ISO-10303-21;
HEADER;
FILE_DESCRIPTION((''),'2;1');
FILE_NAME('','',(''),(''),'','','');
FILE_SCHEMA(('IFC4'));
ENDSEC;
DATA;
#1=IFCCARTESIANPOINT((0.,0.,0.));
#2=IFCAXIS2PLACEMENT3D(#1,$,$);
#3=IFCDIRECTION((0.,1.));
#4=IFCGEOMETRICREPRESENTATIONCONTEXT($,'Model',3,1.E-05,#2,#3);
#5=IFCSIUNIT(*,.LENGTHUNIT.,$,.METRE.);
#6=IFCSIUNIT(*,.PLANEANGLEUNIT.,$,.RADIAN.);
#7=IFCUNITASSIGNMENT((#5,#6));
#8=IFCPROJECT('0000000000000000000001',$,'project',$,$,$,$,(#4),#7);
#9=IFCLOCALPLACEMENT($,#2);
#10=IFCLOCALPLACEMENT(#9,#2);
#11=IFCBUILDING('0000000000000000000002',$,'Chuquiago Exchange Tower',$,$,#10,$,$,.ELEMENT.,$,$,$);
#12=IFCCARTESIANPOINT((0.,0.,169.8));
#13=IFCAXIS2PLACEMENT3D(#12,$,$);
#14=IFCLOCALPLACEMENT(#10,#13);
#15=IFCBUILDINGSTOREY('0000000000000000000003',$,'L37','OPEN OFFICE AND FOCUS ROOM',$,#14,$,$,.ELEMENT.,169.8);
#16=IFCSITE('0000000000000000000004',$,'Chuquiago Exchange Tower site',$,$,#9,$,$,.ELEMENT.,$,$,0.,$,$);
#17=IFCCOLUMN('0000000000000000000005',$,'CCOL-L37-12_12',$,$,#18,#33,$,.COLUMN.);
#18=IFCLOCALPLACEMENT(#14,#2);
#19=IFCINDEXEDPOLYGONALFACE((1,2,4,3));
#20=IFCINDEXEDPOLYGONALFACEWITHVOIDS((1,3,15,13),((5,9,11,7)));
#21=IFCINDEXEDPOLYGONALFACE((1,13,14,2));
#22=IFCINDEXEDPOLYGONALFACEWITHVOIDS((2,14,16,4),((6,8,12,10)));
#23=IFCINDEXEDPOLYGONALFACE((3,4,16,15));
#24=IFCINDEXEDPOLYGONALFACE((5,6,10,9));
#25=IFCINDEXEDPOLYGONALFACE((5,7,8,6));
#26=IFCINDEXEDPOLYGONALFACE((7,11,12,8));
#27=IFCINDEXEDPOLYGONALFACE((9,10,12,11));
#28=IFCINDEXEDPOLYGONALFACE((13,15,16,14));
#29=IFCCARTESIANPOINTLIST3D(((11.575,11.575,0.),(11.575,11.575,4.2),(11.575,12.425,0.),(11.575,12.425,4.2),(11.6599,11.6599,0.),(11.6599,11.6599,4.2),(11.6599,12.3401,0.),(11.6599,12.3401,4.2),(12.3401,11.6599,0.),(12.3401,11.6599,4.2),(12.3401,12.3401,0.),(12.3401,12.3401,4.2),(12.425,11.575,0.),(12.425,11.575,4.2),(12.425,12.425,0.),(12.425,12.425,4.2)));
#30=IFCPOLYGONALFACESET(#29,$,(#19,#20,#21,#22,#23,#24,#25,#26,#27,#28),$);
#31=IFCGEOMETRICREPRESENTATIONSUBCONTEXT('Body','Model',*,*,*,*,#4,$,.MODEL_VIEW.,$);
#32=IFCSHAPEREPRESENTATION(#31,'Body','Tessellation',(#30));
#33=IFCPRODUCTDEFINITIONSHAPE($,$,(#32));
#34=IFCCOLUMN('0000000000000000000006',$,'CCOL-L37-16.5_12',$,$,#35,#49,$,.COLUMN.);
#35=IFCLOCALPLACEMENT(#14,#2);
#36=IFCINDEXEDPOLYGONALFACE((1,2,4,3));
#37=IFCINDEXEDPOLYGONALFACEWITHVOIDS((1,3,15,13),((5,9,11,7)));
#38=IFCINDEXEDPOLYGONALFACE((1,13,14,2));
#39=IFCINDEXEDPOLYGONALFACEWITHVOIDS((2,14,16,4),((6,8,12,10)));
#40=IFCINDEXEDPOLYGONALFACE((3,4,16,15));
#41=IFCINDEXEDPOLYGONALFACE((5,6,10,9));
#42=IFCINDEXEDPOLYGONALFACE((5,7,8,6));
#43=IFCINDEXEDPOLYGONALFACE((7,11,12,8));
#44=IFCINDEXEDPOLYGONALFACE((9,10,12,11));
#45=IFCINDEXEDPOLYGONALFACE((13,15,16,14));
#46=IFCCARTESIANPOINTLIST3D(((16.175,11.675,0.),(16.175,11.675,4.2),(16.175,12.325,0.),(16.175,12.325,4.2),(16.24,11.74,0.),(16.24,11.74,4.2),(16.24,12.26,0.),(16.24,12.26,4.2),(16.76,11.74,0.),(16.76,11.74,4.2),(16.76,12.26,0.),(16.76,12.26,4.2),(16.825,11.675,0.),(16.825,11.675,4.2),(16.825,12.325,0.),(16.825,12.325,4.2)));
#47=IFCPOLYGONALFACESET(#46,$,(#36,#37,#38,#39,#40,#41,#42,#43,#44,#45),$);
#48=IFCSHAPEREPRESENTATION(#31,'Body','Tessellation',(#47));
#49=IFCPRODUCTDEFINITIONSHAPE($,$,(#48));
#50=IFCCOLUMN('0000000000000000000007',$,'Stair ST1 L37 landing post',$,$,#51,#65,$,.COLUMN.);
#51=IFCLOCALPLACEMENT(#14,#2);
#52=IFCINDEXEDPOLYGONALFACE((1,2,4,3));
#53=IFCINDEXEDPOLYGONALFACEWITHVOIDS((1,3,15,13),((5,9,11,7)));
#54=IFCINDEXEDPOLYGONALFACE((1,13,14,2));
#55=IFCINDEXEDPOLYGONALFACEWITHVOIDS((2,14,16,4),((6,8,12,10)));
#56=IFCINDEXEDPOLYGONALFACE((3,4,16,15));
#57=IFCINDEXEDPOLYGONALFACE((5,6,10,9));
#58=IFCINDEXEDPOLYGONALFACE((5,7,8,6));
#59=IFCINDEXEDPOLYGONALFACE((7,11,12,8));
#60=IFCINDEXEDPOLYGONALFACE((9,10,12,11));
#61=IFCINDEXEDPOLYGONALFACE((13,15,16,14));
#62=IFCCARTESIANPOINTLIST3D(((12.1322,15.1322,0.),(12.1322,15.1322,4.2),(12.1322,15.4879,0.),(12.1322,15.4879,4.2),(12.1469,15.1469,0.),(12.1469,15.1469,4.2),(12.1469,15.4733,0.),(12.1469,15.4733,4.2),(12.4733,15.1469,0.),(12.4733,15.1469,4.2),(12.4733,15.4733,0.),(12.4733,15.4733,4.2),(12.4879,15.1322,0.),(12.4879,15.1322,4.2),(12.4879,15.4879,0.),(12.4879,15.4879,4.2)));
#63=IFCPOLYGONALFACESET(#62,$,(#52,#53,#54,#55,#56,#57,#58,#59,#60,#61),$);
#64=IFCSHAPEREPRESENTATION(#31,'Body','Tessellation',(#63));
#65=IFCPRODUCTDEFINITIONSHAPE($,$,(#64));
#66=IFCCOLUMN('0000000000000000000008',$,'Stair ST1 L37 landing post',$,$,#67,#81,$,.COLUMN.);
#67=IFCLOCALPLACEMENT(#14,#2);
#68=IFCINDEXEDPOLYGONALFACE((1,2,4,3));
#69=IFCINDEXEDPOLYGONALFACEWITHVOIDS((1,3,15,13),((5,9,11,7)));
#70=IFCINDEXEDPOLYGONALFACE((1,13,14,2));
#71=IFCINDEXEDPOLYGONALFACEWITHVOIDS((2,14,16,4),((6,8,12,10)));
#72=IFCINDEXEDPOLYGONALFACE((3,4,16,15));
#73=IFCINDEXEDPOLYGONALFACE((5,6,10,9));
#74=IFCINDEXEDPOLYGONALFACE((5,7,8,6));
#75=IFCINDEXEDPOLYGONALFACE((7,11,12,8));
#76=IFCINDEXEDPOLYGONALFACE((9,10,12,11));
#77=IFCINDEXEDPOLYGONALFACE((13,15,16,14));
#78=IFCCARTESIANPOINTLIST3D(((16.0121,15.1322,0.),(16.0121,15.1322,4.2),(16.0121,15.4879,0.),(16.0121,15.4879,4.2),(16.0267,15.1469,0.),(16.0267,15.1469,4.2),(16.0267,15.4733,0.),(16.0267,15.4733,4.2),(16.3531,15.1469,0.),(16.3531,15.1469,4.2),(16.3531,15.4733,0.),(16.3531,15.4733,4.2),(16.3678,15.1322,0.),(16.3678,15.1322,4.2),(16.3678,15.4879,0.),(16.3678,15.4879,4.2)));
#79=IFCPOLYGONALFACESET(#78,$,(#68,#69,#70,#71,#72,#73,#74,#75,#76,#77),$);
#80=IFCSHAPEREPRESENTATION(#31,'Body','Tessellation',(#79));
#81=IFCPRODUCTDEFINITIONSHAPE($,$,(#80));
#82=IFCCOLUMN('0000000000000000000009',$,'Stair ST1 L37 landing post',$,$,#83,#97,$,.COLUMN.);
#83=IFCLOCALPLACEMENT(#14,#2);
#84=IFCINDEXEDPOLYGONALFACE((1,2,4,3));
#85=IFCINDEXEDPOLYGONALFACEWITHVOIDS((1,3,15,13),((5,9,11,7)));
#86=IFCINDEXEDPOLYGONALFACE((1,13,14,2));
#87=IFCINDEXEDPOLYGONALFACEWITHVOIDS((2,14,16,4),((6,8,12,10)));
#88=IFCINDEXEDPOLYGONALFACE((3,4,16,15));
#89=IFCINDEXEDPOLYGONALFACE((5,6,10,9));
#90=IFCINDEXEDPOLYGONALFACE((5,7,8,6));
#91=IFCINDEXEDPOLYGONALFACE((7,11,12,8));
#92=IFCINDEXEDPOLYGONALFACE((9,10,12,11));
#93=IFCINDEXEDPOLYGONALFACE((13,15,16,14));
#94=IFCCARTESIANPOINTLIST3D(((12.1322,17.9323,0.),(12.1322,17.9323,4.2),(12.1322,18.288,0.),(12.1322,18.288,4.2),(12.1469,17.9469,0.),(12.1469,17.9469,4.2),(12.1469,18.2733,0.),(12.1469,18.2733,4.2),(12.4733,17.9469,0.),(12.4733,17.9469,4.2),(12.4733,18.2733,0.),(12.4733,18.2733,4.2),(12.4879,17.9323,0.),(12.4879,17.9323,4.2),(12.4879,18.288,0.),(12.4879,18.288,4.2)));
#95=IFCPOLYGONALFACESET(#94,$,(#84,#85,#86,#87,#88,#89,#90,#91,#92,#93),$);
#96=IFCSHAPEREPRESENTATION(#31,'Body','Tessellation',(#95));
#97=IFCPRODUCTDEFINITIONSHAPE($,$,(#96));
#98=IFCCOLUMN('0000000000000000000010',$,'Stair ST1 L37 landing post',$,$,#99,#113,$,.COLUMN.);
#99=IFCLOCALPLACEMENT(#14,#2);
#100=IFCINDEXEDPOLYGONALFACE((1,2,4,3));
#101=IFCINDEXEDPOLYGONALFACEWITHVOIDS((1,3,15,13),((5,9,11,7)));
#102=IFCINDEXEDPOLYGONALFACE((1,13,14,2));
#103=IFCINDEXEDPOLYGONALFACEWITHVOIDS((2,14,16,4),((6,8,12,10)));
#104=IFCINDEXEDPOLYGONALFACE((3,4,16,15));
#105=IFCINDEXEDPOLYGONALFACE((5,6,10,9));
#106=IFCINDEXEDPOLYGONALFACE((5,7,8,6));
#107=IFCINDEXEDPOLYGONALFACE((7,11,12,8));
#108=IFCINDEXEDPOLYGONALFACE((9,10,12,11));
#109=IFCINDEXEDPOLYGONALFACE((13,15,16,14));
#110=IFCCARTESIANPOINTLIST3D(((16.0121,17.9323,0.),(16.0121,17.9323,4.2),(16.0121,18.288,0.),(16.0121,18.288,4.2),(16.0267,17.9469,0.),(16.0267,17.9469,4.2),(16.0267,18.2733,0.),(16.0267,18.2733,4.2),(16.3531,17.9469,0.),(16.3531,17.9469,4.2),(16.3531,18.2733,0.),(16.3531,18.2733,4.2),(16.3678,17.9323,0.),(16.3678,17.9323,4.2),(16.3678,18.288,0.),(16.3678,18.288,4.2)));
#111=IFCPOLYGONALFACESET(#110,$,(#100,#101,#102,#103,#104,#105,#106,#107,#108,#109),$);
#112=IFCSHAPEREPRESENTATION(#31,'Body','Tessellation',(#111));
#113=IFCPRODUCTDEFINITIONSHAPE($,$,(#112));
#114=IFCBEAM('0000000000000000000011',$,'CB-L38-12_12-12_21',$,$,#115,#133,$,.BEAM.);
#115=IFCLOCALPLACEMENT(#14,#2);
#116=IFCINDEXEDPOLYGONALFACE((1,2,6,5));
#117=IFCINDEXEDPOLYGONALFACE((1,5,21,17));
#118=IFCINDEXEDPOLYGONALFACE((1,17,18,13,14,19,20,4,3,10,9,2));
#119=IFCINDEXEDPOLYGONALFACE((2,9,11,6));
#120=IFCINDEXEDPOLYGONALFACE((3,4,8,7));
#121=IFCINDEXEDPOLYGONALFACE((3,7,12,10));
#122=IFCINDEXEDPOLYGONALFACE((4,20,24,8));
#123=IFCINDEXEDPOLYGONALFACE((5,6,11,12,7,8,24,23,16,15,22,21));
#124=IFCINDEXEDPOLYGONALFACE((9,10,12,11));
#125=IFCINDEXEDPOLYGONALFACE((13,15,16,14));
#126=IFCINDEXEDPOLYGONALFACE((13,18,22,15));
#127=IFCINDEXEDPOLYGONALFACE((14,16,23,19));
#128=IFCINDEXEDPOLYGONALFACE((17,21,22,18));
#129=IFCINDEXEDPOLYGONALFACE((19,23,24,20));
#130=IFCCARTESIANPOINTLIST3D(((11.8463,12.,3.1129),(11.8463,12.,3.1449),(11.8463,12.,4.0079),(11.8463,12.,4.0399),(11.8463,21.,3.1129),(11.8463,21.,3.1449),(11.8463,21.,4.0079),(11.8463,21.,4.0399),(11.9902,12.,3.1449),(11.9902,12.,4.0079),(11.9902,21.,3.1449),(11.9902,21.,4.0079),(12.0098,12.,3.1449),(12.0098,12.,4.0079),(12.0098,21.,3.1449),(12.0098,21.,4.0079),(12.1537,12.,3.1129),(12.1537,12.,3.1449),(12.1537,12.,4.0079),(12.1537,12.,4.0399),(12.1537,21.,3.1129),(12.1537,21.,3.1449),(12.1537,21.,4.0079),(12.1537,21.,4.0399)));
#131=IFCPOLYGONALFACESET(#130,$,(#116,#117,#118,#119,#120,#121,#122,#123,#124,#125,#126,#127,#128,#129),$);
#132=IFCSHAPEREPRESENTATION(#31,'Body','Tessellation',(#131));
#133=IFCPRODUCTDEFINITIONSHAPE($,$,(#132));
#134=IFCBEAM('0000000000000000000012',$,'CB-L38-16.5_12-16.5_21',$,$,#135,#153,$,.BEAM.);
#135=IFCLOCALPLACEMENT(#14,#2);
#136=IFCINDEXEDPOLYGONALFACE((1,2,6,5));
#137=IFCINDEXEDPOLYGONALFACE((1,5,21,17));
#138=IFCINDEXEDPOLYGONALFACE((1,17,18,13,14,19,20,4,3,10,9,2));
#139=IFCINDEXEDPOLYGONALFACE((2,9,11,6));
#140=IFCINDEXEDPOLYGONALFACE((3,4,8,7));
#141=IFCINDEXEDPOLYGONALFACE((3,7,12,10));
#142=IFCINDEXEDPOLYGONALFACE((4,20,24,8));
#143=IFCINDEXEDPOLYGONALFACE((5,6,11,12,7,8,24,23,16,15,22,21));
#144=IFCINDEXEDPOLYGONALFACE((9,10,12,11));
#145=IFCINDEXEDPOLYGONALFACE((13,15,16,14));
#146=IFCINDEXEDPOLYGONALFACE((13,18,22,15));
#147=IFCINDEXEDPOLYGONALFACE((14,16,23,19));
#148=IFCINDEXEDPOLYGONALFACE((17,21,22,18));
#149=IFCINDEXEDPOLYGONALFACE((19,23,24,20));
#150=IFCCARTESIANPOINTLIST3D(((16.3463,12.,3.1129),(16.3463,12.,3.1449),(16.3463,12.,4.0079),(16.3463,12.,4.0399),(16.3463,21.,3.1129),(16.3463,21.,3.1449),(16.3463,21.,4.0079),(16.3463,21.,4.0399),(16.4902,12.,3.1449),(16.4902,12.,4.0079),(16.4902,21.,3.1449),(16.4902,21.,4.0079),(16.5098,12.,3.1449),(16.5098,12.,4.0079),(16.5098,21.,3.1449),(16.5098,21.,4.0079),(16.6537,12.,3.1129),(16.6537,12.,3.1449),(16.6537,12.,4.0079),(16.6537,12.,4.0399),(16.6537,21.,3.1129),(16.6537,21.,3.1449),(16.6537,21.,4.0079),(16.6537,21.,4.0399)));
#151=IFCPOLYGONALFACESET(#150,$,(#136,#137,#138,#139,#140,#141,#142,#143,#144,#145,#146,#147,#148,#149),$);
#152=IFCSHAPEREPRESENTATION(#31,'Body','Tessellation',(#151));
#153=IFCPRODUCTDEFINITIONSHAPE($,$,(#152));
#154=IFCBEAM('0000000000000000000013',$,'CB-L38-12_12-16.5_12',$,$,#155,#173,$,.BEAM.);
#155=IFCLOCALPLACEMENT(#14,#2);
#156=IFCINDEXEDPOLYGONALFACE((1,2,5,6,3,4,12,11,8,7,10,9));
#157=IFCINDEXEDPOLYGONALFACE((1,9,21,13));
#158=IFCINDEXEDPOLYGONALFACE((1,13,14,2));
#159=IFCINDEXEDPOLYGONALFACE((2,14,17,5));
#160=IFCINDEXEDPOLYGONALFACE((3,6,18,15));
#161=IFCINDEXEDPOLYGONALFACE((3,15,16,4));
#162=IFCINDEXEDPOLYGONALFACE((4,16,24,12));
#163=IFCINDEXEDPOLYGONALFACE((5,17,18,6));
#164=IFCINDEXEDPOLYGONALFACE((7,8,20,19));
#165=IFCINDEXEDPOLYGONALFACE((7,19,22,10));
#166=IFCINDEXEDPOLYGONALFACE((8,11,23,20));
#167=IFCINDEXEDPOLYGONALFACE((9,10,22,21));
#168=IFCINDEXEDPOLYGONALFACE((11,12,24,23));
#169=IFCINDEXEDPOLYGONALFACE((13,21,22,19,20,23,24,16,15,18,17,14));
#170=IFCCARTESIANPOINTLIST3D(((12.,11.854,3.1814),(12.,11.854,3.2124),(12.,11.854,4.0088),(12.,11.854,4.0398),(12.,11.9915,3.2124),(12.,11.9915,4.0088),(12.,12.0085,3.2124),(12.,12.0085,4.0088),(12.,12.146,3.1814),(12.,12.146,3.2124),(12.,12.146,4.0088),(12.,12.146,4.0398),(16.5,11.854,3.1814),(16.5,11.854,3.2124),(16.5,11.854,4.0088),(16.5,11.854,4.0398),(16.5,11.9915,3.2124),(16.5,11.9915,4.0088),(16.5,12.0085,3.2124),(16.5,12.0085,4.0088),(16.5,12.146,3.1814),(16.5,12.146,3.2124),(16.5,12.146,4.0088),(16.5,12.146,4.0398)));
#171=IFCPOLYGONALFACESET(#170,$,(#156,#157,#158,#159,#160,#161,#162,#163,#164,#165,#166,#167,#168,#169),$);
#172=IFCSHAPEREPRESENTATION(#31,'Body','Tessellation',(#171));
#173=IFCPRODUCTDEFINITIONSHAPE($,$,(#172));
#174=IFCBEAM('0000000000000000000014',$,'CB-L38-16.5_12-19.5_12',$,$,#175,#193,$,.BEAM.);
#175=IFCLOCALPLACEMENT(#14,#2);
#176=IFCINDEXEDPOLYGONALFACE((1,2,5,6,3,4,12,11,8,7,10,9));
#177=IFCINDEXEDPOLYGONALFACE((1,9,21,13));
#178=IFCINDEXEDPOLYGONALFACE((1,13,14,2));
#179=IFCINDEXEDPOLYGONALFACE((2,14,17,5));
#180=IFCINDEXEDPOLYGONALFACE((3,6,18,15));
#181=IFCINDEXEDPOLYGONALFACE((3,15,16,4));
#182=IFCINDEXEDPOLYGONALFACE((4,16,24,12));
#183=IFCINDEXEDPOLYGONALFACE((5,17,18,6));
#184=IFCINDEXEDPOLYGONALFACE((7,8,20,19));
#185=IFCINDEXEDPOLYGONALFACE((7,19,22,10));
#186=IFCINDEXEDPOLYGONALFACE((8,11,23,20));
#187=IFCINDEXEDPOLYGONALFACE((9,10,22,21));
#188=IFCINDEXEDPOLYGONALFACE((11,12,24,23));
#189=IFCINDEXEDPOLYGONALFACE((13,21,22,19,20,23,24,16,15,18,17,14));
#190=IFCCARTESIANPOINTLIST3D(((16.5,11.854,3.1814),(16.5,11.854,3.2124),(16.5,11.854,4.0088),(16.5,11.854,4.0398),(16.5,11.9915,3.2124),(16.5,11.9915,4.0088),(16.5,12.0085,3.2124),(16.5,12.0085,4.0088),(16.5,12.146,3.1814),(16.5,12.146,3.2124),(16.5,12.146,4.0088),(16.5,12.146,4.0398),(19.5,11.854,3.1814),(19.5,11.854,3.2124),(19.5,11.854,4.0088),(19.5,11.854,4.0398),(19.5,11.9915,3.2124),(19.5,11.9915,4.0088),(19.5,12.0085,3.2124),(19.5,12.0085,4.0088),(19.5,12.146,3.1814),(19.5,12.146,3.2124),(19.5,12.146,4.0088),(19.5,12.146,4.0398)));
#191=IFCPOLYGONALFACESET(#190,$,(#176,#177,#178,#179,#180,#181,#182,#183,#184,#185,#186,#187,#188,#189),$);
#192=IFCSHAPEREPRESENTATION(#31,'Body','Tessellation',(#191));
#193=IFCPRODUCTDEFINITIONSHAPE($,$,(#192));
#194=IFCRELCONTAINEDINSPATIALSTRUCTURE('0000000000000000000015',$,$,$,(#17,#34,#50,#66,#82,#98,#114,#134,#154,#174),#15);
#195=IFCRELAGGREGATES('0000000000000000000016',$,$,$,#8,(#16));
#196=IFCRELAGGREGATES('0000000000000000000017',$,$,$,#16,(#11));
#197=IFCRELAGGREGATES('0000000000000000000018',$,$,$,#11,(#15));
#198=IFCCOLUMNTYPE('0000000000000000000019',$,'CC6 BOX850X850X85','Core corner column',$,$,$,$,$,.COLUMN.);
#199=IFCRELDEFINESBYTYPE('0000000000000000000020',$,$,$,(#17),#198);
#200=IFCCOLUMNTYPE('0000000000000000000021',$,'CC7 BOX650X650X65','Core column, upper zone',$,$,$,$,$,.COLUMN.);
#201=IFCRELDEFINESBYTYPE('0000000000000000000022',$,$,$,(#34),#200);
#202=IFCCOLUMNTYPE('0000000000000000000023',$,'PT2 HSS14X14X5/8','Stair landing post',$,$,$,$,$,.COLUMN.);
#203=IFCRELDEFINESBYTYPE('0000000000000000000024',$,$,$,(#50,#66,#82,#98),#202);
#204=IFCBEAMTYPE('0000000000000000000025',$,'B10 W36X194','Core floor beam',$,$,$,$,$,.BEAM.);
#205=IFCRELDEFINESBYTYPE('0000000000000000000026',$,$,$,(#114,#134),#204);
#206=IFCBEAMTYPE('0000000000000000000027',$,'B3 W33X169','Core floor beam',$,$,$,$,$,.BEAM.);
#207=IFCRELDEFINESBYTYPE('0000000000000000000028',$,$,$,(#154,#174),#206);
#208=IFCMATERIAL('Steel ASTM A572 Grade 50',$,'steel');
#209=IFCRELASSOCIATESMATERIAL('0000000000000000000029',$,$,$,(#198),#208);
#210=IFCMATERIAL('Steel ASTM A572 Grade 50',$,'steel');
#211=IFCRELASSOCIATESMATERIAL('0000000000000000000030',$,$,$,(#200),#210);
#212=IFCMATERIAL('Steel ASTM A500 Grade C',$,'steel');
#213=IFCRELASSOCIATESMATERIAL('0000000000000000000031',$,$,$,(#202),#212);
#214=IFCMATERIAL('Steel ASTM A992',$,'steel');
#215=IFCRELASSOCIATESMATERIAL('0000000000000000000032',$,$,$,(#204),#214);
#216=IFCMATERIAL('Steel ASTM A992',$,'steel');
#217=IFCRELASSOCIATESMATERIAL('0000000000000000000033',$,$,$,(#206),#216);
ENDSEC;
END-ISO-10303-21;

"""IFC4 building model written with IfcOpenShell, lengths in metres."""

from ifc_helpers import new_model, si_unit, direction, frame, origin, origin_2d, place, context, subcontext, project, spatial, hollow_rectangle, i_section, extrude, material, material_profile, profile_set, type_object, element, save


model = new_model("IFC4")

# Units and contexts
model_context = context("Model", 3, precision=1e-05, world=origin(), true_north=direction((0.0, 1.0)))
body_context = subcontext(model_context, "Body", "Model", "MODEL_VIEW")
ifc_project = project(units=[si_unit("LENGTHUNIT", "METRE"), si_unit("PLANEANGLEUNIT", "RADIAN")], contexts=[model_context])

# Site, building, storey
site_placement = place(None, origin())
site = spatial("IfcSite", under=ifc_project, at=site_placement, Name="Chuquiago Exchange Tower site", CompositionType="ELEMENT", RefElevation=0.0)
building_placement = place(site_placement, origin())
building = spatial("IfcBuilding", under=site, at=building_placement, Name="Chuquiago Exchange Tower", CompositionType="ELEMENT")
storey_placement = place(building_placement, frame((0.0, 0.0, 169.8)))
storey = spatial("IfcBuildingStorey", under=building, at=storey_placement, Name="L37", Description="OPEN OFFICE AND FOCUS ROOM", CompositionType="ELEMENT", Elevation=169.8)

# Columns
ifc_material_1 = material(Name="Steel ASTM A572 Grade 50", Category="steel")
ifc_material_profile_1 = material_profile(ifc_material_1, hollow_rectangle(XDim=0.8501, YDim=0.8501, WallThickness=0.085, at=origin_2d()), Name="BOX850X850X85")
ifc_profile_set_1 = profile_set([ifc_material_profile_1], Name="Steel ASTM A572 Grade 50")
column_type_1 = type_object("IfcColumnType", Name="CC6 BOX850X850X85", Description="Core corner column", PredefinedType="COLUMN", material=ifc_profile_set_1)
column_1_placement = place(storey_placement, frame((12.0, 12.0, 0.0), z_axis=(0.0, 0.0, 1.0), x_axis=(1.0, 0.0, 0.0)))
element("IfcColumn", 1, at=column_1_placement, inside=storey, type_object=column_type_1, Name="CCOL-L37-12_12", PredefinedType="COLUMN", context=body_context, shape_type="SweptSolid", body=[
    extrude(hollow_rectangle(XDim=0.8501, YDim=0.8501, WallThickness=0.085, at=origin_2d()), origin(), (0.0, 0.0, 1.0), 4.2),
])
ifc_material_2 = material(Name="Steel ASTM A572 Grade 50", Category="steel")
ifc_material_profile_2 = material_profile(ifc_material_2, hollow_rectangle(XDim=0.6499, YDim=0.6499, WallThickness=0.0649, at=origin_2d()), Name="BOX650X650X65")
ifc_profile_set_2 = profile_set([ifc_material_profile_2], Name="Steel ASTM A572 Grade 50")
column_type_2 = type_object("IfcColumnType", Name="CC7 BOX650X650X65", Description="Core column, upper zone", PredefinedType="COLUMN", material=ifc_profile_set_2)
column_2_placement = place(storey_placement, frame((16.5, 12.0, 0.0), z_axis=(0.0, 0.0, 1.0), x_axis=(1.0, 0.0, 0.0)))
element("IfcColumn", 2, at=column_2_placement, inside=storey, type_object=column_type_2, Name="CCOL-L37-16.5_12", PredefinedType="COLUMN", context=body_context, shape_type="SweptSolid", body=[
    extrude(hollow_rectangle(XDim=0.6499, YDim=0.6499, WallThickness=0.0649, at=origin_2d()), origin(), (0.0, 0.0, 1.0), 4.2),
])
ifc_material_3 = material(Name="Steel ASTM A500 Grade C", Category="steel")
ifc_material_profile_3 = material_profile(ifc_material_3, hollow_rectangle(XDim=0.3557, YDim=0.3557, WallThickness=0.0146, at=origin_2d()), Name="HSS14X14X5/8")
ifc_profile_set_3 = profile_set([ifc_material_profile_3], Name="Steel ASTM A500 Grade C")
column_type_3 = type_object("IfcColumnType", Name="PT2 HSS14X14X5/8", Description="Stair landing post", PredefinedType="COLUMN", material=ifc_profile_set_3)
for number, where, z_axis, x_axis, name in (
    (3, (12.3101, 15.3101, 0.0), (0.0, 0.0, 1.0), (1.0, 0.0, 0.0), "Stair ST1 L37 landing post"),
    (4, (16.1899, 15.3101, 0.0), (0.0, 0.0, 1.0), (1.0, 0.0, 0.0), "Stair ST1 L37 landing post"),
    (5, (12.3101, 18.1101, 0.0), (0.0, 0.0, 1.0), (1.0, 0.0, 0.0), "Stair ST1 L37 landing post"),
    (6, (16.1899, 18.1101, 0.0), (0.0, 0.0, 1.0), (1.0, 0.0, 0.0), "Stair ST1 L37 landing post"),
):
    element("IfcColumn", number, at=place(storey_placement, frame(where, z_axis=z_axis, x_axis=x_axis)), inside=storey, type_object=column_type_3, Name=name, PredefinedType="COLUMN", context=body_context, shape_type="SweptSolid", body=[
        extrude(hollow_rectangle(XDim=0.3557, YDim=0.3557, WallThickness=0.0146, at=origin_2d()), origin(), (0.0, 0.0, 1.0), 4.2),
    ])

# Beams
ifc_material_4 = material(Name="Steel ASTM A992", Category="steel")
ifc_material_profile_4 = material_profile(ifc_material_4, i_section(OverallWidth=0.3074, OverallDepth=0.927, WebThickness=0.0195, FlangeThickness=0.032, at=origin_2d()), Name="W36X194")
ifc_profile_set_4 = profile_set([ifc_material_profile_4], Name="Steel ASTM A992")
beam_type_1 = type_object("IfcBeamType", Name="B10 W36X194", Description="Core floor beam", PredefinedType="BEAM", material=ifc_profile_set_4)
for number, where, z_axis, x_axis, name in (
    (7, (12.0, 12.0, 3.5764), (0.0, 1.0, 0.0), (-1.0, 0.0, 0.0), "CB-L38-12_12-12_21"),
    (8, (16.5, 12.0, 3.5764), (0.0, 1.0, 0.0), (-1.0, 0.0, 0.0), "CB-L38-16.5_12-16.5_21"),
):
    element("IfcBeam", number, at=place(storey_placement, frame(where, z_axis=z_axis, x_axis=x_axis)), inside=storey, type_object=beam_type_1, Name=name, PredefinedType="BEAM", context=body_context, shape_type="SweptSolid", body=[
        extrude(i_section(OverallWidth=0.3074, OverallDepth=0.927, WebThickness=0.0195, FlangeThickness=0.032, at=origin_2d()), origin(), (0.0, 0.0, 1.0), 9.0),
    ])
ifc_material_5 = material(Name="Steel ASTM A992", Category="steel")
ifc_material_profile_5 = material_profile(ifc_material_5, i_section(OverallWidth=0.292, OverallDepth=0.8584, WebThickness=0.0171, FlangeThickness=0.031, at=origin_2d()), Name="W33X169")
ifc_profile_set_5 = profile_set([ifc_material_profile_5], Name="Steel ASTM A992")
beam_type_2 = type_object("IfcBeamType", Name="B3 W33X169", Description="Core floor beam", PredefinedType="BEAM", material=ifc_profile_set_5)
beam_1_placement = place(storey_placement, frame((12.0, 12.0, 3.6106), z_axis=(1.0, 0.0, 0.0), x_axis=(0.0, 1.0, 0.0)))
element("IfcBeam", 9, at=beam_1_placement, inside=storey, type_object=beam_type_2, Name="CB-L38-12_12-16.5_12", PredefinedType="BEAM", context=body_context, shape_type="SweptSolid", body=[
    extrude(i_section(OverallWidth=0.292, OverallDepth=0.8584, WebThickness=0.0171, FlangeThickness=0.031, at=origin_2d()), origin(), (0.0, 0.0, 1.0), 4.5),
])
beam_2_placement = place(storey_placement, frame((16.5, 12.0, 3.6106), z_axis=(1.0, 0.0, 0.0), x_axis=(0.0, 1.0, 0.0)))
element("IfcBeam", 10, at=beam_2_placement, inside=storey, type_object=beam_type_2, Name="CB-L38-16.5_12-19.5_12", PredefinedType="BEAM", context=body_context, shape_type="SweptSolid", body=[
    extrude(i_section(OverallWidth=0.292, OverallDepth=0.8584, WebThickness=0.0171, FlangeThickness=0.031, at=origin_2d()), origin(), (0.0, 0.0, 1.0), 3.0),
])

save(model, "model.ifc")
